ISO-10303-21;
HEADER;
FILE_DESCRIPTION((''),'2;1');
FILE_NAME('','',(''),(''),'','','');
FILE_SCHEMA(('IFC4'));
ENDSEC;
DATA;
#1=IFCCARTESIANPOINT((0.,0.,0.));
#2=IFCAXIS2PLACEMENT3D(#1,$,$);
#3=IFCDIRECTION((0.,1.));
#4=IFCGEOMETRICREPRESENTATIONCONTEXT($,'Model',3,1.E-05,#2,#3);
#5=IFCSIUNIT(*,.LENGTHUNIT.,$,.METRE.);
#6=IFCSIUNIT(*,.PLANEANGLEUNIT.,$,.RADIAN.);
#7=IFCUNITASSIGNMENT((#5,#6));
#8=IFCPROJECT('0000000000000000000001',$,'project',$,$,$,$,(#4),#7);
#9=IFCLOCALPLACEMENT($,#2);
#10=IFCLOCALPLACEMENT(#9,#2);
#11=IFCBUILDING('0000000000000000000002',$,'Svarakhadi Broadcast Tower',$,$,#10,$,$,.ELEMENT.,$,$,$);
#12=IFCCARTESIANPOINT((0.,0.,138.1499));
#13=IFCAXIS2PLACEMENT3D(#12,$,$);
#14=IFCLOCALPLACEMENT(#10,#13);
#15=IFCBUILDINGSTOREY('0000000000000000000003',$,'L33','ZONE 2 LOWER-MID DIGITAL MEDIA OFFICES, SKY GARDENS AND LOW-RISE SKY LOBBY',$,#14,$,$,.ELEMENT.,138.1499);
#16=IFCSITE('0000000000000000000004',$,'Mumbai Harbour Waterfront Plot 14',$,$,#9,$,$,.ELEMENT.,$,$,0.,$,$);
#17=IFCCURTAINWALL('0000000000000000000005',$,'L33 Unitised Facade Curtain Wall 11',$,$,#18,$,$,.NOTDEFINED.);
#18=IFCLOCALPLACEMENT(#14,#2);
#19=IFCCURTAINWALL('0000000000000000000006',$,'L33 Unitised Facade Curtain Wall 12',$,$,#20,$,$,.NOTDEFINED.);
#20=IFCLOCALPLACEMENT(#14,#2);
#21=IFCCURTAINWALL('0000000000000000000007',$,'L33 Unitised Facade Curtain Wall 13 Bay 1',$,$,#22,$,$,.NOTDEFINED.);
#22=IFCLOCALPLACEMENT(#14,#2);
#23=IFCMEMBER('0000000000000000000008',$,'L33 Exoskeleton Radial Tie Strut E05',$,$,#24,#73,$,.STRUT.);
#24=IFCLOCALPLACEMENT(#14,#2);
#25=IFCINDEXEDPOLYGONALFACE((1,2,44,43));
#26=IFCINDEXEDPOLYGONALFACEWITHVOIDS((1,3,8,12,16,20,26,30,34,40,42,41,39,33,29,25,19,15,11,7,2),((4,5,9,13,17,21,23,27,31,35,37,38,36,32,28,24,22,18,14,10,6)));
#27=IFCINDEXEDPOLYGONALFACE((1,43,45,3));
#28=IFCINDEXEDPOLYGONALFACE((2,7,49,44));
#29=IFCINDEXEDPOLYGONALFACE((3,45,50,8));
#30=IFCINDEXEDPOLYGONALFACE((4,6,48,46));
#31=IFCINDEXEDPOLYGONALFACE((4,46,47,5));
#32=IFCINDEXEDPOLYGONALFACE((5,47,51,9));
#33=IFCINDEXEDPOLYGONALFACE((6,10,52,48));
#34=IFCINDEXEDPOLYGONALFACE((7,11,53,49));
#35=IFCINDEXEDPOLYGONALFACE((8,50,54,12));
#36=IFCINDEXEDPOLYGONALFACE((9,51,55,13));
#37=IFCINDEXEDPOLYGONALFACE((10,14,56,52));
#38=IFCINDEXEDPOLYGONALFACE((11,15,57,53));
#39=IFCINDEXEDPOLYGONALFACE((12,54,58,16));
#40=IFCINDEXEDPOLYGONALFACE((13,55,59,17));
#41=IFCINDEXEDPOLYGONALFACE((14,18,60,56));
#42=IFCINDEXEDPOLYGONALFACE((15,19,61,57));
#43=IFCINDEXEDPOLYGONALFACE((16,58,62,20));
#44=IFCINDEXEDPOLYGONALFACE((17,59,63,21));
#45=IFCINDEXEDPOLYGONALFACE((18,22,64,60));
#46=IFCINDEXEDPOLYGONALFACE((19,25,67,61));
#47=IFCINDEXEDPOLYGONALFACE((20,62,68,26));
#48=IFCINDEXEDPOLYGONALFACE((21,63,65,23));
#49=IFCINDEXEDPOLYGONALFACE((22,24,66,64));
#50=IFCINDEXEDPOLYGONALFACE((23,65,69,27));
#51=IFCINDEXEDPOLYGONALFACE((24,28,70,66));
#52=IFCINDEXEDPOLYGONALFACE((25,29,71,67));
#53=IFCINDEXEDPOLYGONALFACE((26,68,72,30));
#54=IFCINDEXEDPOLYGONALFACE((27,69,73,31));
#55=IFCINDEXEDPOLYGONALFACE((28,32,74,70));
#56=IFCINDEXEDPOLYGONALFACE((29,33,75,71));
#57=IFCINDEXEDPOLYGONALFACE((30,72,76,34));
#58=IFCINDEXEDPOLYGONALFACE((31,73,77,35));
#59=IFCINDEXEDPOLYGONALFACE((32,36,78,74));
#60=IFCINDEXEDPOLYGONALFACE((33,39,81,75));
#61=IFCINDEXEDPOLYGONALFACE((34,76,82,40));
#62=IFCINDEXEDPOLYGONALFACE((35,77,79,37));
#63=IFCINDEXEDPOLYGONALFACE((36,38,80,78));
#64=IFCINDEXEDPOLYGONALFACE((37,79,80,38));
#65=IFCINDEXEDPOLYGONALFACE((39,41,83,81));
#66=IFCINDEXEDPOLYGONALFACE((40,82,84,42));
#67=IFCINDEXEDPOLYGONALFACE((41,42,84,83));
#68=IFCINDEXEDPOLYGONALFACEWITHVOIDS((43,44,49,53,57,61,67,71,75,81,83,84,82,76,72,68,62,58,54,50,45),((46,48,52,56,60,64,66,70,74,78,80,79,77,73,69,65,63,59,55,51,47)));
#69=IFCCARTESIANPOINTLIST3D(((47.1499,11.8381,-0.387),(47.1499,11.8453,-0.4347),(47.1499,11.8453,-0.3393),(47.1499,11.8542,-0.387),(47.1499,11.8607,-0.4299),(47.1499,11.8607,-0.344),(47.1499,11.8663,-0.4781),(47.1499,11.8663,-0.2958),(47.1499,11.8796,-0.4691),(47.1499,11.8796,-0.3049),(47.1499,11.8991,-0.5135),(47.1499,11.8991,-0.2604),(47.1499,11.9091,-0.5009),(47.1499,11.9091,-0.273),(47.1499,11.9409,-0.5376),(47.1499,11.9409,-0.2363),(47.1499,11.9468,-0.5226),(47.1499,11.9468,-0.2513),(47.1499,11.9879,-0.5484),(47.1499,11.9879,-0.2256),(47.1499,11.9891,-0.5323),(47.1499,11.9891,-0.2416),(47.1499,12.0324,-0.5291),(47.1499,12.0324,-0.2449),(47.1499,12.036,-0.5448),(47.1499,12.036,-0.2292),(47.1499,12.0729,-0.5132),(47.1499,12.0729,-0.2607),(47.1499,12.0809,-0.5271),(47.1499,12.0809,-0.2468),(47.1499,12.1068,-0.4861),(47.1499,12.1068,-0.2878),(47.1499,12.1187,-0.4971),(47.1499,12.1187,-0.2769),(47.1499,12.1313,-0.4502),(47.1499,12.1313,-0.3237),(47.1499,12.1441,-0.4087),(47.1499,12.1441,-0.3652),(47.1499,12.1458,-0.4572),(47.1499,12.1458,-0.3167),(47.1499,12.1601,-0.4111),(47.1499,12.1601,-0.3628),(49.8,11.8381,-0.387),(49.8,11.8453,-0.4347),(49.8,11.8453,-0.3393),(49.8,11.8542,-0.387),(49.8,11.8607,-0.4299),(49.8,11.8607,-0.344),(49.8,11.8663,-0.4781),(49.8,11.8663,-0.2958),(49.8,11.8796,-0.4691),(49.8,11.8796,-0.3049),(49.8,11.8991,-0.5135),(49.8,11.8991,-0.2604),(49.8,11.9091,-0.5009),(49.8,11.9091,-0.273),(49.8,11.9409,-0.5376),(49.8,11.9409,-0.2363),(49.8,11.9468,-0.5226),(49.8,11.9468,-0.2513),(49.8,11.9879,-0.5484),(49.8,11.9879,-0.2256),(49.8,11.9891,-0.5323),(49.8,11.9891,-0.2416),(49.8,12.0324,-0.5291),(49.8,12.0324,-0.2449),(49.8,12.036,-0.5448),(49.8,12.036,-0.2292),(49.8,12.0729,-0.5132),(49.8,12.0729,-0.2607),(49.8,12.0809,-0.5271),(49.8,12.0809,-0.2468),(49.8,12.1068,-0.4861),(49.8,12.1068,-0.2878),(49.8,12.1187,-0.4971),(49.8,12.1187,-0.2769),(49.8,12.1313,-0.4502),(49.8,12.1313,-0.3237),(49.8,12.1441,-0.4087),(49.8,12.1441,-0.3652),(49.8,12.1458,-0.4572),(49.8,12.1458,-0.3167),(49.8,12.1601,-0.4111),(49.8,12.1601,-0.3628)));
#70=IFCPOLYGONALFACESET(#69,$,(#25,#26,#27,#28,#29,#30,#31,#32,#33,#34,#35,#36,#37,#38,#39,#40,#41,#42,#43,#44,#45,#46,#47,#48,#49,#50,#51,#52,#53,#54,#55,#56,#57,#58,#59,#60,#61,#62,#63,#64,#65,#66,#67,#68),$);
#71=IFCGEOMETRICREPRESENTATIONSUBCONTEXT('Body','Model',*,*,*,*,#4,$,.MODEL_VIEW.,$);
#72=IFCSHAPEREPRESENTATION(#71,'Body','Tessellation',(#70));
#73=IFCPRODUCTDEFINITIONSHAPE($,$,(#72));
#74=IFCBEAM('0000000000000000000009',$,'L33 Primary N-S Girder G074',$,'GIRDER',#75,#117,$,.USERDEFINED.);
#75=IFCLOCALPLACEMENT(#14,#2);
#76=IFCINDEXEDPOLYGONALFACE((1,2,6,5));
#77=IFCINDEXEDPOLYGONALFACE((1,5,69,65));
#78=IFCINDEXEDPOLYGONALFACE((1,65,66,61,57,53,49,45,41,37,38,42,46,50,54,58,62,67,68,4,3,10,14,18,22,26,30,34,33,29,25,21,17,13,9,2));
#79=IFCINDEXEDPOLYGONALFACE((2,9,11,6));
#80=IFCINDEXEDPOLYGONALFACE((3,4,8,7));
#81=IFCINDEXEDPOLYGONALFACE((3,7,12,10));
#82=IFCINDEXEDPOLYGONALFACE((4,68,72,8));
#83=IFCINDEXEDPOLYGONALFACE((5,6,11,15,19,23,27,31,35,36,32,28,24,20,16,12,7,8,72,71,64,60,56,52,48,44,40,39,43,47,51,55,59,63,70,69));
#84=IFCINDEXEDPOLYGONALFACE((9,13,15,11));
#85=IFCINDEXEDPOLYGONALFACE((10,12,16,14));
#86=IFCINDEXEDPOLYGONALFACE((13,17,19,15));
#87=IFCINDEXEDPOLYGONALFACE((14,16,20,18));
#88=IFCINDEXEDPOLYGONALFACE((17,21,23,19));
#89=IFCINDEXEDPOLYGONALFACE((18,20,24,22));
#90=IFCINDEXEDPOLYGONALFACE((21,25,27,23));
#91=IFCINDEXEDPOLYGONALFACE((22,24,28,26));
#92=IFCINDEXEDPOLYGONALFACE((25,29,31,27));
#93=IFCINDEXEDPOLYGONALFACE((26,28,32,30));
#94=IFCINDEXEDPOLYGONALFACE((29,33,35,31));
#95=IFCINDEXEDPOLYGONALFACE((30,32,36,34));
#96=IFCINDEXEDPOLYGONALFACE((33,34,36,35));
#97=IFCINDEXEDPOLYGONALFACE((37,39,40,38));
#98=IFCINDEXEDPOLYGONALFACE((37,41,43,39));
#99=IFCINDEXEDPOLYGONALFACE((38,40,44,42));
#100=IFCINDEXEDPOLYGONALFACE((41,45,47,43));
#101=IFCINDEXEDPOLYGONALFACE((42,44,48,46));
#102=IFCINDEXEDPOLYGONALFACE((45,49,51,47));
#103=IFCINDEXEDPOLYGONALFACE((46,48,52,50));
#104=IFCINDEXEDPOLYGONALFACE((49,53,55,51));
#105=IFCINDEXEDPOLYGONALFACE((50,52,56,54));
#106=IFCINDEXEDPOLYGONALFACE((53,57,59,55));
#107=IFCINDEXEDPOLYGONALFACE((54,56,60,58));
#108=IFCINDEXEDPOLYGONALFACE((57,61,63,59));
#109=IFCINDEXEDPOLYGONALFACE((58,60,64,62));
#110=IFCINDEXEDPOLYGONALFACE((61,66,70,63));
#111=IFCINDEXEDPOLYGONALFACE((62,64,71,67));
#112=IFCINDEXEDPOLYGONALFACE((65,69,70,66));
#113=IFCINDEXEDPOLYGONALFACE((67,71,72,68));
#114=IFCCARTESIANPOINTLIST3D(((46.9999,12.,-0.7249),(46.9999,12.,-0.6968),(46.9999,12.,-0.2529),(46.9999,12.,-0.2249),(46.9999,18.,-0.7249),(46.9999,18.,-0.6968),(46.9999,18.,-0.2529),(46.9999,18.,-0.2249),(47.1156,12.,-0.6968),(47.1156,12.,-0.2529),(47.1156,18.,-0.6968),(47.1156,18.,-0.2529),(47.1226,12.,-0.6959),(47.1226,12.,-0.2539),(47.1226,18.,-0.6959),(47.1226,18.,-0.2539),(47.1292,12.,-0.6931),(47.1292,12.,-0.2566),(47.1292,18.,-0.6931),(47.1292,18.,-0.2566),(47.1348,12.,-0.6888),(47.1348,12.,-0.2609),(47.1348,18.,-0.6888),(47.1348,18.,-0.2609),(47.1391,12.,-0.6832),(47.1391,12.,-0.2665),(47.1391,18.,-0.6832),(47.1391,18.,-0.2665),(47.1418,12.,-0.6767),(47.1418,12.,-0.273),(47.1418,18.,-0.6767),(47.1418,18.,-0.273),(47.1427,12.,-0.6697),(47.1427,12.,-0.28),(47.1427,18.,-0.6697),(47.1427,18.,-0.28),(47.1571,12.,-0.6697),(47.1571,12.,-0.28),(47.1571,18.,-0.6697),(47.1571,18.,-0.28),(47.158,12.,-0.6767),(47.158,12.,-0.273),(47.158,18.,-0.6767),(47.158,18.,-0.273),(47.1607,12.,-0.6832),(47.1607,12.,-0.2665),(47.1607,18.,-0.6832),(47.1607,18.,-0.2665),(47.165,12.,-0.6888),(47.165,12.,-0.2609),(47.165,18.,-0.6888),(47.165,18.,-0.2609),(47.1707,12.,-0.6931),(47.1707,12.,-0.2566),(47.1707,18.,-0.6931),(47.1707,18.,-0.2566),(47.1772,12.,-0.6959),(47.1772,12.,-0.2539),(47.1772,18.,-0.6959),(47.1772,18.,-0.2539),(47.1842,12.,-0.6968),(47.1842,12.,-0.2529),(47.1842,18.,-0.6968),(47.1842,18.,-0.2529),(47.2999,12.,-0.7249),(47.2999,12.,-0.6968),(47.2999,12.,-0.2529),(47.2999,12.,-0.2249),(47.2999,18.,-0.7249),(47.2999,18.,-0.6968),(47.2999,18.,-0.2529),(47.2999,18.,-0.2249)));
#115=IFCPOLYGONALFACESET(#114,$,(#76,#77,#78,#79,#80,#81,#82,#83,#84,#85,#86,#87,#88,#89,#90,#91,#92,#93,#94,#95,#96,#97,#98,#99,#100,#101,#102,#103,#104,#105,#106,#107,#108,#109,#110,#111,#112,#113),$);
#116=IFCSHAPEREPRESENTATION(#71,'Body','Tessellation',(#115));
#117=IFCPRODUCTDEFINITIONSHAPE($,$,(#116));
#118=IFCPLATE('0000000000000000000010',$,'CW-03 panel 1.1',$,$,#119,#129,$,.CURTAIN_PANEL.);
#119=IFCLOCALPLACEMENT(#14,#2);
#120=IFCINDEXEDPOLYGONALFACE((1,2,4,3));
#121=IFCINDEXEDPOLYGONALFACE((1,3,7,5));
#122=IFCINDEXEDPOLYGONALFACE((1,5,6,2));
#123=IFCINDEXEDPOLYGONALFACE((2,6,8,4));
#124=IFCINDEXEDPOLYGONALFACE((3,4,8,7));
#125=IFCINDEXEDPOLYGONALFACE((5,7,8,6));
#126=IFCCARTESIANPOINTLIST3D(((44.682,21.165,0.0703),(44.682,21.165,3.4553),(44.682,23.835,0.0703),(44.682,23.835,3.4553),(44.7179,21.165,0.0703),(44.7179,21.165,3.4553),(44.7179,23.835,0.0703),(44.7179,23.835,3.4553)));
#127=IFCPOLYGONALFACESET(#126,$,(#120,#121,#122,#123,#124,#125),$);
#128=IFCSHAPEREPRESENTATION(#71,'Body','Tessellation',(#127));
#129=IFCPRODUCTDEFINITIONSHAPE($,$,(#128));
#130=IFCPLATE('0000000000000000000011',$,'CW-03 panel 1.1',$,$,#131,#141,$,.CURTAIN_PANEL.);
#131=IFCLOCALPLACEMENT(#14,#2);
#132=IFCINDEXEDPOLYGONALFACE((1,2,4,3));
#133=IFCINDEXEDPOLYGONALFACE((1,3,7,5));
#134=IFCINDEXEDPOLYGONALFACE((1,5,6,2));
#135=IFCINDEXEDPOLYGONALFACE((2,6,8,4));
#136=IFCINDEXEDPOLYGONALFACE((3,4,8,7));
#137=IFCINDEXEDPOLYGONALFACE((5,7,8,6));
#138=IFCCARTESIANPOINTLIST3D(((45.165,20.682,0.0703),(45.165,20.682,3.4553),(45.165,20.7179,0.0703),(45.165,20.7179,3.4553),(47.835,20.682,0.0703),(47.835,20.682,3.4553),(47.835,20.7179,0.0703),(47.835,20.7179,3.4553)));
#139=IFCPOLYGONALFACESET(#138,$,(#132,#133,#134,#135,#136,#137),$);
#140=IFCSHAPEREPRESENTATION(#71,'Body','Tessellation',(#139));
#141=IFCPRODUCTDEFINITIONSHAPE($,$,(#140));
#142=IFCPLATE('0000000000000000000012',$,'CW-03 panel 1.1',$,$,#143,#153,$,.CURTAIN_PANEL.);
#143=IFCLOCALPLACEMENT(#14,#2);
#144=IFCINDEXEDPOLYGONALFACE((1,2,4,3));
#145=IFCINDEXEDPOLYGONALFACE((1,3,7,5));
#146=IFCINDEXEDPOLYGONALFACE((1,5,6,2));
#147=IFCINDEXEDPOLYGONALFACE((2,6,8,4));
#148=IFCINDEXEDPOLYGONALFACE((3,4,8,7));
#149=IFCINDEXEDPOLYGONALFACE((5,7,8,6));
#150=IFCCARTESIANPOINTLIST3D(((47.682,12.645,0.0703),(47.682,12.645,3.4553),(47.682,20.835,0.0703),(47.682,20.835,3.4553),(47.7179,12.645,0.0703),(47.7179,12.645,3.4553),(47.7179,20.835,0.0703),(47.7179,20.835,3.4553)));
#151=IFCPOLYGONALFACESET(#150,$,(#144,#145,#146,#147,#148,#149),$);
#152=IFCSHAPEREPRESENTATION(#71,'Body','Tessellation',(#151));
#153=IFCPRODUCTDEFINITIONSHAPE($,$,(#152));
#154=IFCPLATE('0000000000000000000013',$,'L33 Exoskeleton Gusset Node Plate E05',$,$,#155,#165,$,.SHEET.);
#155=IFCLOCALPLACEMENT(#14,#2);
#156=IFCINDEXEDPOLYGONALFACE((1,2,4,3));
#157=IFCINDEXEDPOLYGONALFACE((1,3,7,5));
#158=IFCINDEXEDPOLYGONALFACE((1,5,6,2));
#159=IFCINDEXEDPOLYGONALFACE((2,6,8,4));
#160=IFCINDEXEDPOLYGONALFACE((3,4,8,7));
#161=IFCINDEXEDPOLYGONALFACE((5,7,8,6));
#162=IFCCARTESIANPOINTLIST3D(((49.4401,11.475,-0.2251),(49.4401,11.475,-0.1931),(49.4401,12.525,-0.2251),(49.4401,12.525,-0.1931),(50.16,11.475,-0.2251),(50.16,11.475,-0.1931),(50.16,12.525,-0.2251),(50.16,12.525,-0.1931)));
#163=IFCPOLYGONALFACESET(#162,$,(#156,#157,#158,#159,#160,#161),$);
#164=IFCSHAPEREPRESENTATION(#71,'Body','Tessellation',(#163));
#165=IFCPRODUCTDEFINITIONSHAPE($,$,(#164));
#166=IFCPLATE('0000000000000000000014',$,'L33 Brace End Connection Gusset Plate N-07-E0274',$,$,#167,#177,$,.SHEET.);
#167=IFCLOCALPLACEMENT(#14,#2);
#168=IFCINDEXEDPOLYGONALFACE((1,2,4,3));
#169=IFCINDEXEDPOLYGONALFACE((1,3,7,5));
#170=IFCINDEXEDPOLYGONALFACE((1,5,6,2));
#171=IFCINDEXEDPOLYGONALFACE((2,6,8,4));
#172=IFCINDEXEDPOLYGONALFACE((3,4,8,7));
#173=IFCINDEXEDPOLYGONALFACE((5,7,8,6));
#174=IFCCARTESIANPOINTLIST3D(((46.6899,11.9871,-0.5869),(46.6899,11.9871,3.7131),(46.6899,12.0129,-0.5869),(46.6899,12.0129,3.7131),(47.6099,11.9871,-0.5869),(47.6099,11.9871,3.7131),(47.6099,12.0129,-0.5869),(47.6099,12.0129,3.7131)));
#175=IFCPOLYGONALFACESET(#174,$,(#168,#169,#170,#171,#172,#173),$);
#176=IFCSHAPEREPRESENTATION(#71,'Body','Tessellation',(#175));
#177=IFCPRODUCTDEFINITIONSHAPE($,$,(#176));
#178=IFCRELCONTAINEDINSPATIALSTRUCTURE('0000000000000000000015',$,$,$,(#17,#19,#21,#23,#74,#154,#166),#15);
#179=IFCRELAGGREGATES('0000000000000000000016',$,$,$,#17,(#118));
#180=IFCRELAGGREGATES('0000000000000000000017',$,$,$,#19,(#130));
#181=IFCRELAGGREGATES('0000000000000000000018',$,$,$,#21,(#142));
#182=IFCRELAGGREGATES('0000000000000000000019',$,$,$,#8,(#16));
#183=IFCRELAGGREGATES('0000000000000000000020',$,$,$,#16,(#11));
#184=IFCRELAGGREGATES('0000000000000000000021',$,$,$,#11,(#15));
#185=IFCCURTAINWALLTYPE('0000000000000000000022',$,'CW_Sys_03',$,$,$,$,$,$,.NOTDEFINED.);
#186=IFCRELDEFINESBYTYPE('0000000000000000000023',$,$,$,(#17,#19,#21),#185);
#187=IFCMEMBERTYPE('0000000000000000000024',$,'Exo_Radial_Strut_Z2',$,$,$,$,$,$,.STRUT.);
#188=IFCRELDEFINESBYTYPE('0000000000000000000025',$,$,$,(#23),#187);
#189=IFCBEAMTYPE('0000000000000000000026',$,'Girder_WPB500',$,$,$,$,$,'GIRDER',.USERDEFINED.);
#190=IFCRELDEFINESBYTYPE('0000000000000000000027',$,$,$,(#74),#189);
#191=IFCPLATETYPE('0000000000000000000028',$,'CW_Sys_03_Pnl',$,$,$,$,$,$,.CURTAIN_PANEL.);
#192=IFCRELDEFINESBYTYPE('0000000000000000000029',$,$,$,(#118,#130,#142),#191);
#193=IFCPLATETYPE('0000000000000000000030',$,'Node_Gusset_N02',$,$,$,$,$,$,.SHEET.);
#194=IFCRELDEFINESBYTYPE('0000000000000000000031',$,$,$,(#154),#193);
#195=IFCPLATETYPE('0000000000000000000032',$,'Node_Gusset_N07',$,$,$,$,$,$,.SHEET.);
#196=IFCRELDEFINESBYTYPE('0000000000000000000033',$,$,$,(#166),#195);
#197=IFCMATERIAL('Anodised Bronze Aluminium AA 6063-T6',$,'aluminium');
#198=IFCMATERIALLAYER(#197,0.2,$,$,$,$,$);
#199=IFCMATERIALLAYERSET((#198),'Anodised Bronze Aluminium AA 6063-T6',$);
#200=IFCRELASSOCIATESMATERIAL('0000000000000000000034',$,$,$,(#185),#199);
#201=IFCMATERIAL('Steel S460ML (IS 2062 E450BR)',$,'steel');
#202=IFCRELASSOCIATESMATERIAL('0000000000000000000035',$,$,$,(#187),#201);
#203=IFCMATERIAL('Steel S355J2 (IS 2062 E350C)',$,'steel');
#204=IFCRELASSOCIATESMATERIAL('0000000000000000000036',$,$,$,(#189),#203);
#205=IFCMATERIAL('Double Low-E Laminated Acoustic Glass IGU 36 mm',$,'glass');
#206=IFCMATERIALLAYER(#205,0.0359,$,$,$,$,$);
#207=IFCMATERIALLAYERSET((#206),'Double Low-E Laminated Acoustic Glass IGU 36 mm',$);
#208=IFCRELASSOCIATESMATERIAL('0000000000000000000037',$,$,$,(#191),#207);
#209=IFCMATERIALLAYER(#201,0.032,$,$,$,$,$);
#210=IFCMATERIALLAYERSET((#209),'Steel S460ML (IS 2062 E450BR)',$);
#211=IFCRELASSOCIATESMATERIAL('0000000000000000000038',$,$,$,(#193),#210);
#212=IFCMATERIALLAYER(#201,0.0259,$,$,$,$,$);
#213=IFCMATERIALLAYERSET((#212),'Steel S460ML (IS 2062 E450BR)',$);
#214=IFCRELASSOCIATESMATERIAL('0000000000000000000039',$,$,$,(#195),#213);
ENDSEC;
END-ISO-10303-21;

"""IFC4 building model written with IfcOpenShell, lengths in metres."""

from ifc_helpers import new_model, si_unit, direction, frame, origin, origin_2d, place, context, subcontext, project, spatial, rectangle, hollow_circle, i_section, extrude, material, layer, layer_set, material_profile, profile_set, type_object, element, aggregate, save


model = new_model("IFC4")

# Units and contexts
model_context = context("Model", 3, precision=1e-05, world=origin(), true_north=direction((0.0, 1.0)))
body_context = subcontext(model_context, "Body", "Model", "MODEL_VIEW")
ifc_project = project(units=[si_unit("LENGTHUNIT", "METRE"), si_unit("PLANEANGLEUNIT", "RADIAN")], contexts=[model_context])

# Site, building, storey
site_placement = place(None, origin())
site = spatial("IfcSite", under=ifc_project, at=site_placement, Name="Mumbai Harbour Waterfront Plot 14", CompositionType="ELEMENT", RefElevation=0.0)
building_placement = place(site_placement, origin())
building = spatial("IfcBuilding", under=site, at=building_placement, Name="Svarakhadi Broadcast Tower", CompositionType="ELEMENT")
storey_placement = place(building_placement, frame((0.0, 0.0, 138.1499)))
storey = spatial("IfcBuildingStorey", under=building, at=storey_placement, Name="L33", Description="ZONE 2 LOWER-MID DIGITAL MEDIA OFFICES, SKY GARDENS AND LOW-RISE SKY LOBBY", CompositionType="ELEMENT", Elevation=138.1499)

# Shared definitions
ifc_material_1 = material(Name="Steel S460ML (IS 2062 E450BR)", Category="steel")

# Shared definitions
ifc_material_2 = material(Name="Steel S355J2 (IS 2062 E350C)", Category="steel")

# Shared definitions
ifc_material_3 = material(Name="Anodised Bronze Aluminium AA 6063-T6", Category="aluminium")
ifc_layer_1 = layer(ifc_material_3, 0.2)
ifc_layer_set_1 = layer_set([ifc_layer_1], Name="Anodised Bronze Aluminium AA 6063-T6")
curtain_wall_type = type_object("IfcCurtainWallType", Name="CW_Sys_03", PredefinedType="NOTDEFINED", material=ifc_layer_set_1)

# Curtain walls
curtain_wall_1_placement = place(storey_placement, origin())
curtain_wall_1 = element("IfcCurtainWall", 1, at=curtain_wall_1_placement, inside=storey, type_object=curtain_wall_type, Name="L33 Unitised Facade Curtain Wall 11", PredefinedType="NOTDEFINED")
curtain_wall_2_placement = place(storey_placement, origin())
curtain_wall_2 = element("IfcCurtainWall", 2, at=curtain_wall_2_placement, inside=storey, type_object=curtain_wall_type, Name="L33 Unitised Facade Curtain Wall 12", PredefinedType="NOTDEFINED")
curtain_wall_3_placement = place(storey_placement, origin())
curtain_wall_3 = element("IfcCurtainWall", 3, at=curtain_wall_3_placement, inside=storey, type_object=curtain_wall_type, Name="L33 Unitised Facade Curtain Wall 13 Bay 1", PredefinedType="NOTDEFINED")

# Member
ifc_material_profile_1 = material_profile(ifc_material_1, hollow_circle(Radius=0.1619, WallThickness=0.0161, at=origin_2d()), Name="CHS 323.9x16")
ifc_profile_set_1 = profile_set([ifc_material_profile_1], Name="Steel S460ML (IS 2062 E450BR)")
member_type_1 = type_object("IfcMemberType", Name="Exo_Radial_Strut_Z2", PredefinedType="STRUT", material=ifc_profile_set_1)
member_1_placement = place(storey_placement, frame((49.8, 12.0, -0.387), z_axis=(-1.0, 0.0, 0.0), x_axis=(0.0, -1.0, 0.0)))
element("IfcMember", 4, at=member_1_placement, inside=storey, type_object=member_type_1, Name="L33 Exoskeleton Radial Tie Strut E05", PredefinedType="STRUT", context=body_context, shape_type="SweptSolid", body=[
    extrude(hollow_circle(Radius=0.1619, WallThickness=0.0161, at=origin_2d()), origin(), (0.0, 0.0, 1.0), 2.6501),
])

# Beam
ifc_material_profile_2 = material_profile(ifc_material_2, i_section(OverallWidth=0.3, OverallDepth=0.5, WebThickness=0.0144, FlangeThickness=0.0281, FilletRadius=0.0271, at=origin_2d()), Name="WPB 500x300x187")
ifc_profile_set_2 = profile_set([ifc_material_profile_2], Name="Steel S355J2 (IS 2062 E350C)")
beam_type_1 = type_object("IfcBeamType", Name="Girder_WPB500", ElementType="GIRDER", PredefinedType="USERDEFINED", material=ifc_profile_set_2)
beam_1_placement = place(storey_placement, frame((47.1499, 12.0, -0.4749), z_axis=(0.0, 1.0, 0.0), x_axis=(-1.0, 0.0, 0.0)))
element("IfcBeam", 5, at=beam_1_placement, inside=storey, type_object=beam_type_1, Name="L33 Primary N-S Girder G074", ObjectType="GIRDER", PredefinedType="USERDEFINED", context=body_context, shape_type="SweptSolid", body=[
    extrude(i_section(OverallWidth=0.3, OverallDepth=0.5, WebThickness=0.0144, FlangeThickness=0.0281, FilletRadius=0.0271, at=origin_2d()), origin(), (0.0, 0.0, 1.0), 6.0),
])

# Plates
ifc_material_4 = material(Name="Double Low-E Laminated Acoustic Glass IGU 36 mm", Category="glass")
ifc_layer_2 = layer(ifc_material_4, 0.0359)
ifc_layer_set_2 = layer_set([ifc_layer_2], Name="Double Low-E Laminated Acoustic Glass IGU 36 mm")
plate_type_1 = type_object("IfcPlateType", Name="CW_Sys_03_Pnl", PredefinedType="CURTAIN_PANEL", material=ifc_layer_set_2)
plate_1_placement = place(storey_placement, frame((44.7, 22.5, 0.0703), z_axis=(0.0, 0.0, 1.0), x_axis=(0.0, -1.0, 0.0)))
plate_1 = element("IfcPlate", 6, at=plate_1_placement, type_object=plate_type_1, Name="CW-03 panel 1.1", PredefinedType="CURTAIN_PANEL", context=body_context, shape_type="SweptSolid", body=[
    extrude(rectangle(XDim=2.6699, YDim=0.0359, at=origin_2d()), origin(), (0.0, 0.0, 1.0), 3.385),
])
aggregate(curtain_wall_1, [plate_1])
plate_2_placement = place(storey_placement, frame((46.5, 20.7, 0.0703), z_axis=(0.0, 0.0, 1.0), x_axis=(1.0, 0.0, 0.0)))
plate_2 = element("IfcPlate", 7, at=plate_2_placement, type_object=plate_type_1, Name="CW-03 panel 1.1", PredefinedType="CURTAIN_PANEL", context=body_context, shape_type="SweptSolid", body=[
    extrude(rectangle(XDim=2.6699, YDim=0.0359, at=origin_2d()), origin(), (0.0, 0.0, 1.0), 3.385),
])
aggregate(curtain_wall_2, [plate_2])
plate_3_placement = place(storey_placement, frame((47.7, 16.74, 0.0703), z_axis=(0.0, 0.0, 1.0), x_axis=(0.0, -1.0, 0.0)))
plate_3 = element("IfcPlate", 8, at=plate_3_placement, type_object=plate_type_1, Name="CW-03 panel 1.1", PredefinedType="CURTAIN_PANEL", context=body_context, shape_type="SweptSolid", body=[
    extrude(rectangle(XDim=8.1899, YDim=0.0359, at=origin_2d()), origin(), (0.0, 0.0, 1.0), 3.385),
])
aggregate(curtain_wall_3, [plate_3])

# Plates
ifc_layer_3 = layer(ifc_material_1, 0.032)
ifc_layer_set_3 = layer_set([ifc_layer_3], Name="Steel S460ML (IS 2062 E450BR)")
plate_type_2 = type_object("IfcPlateType", Name="Node_Gusset_N02", PredefinedType="SHEET", material=ifc_layer_set_3)
plate_4_placement = place(storey_placement, frame((49.8, 12.0, -0.2251), z_axis=(0.0, 0.0, 1.0), x_axis=(0.0, 1.0, 0.0)))
element("IfcPlate", 9, at=plate_4_placement, inside=storey, type_object=plate_type_2, Name="L33 Exoskeleton Gusset Node Plate E05", PredefinedType="SHEET", context=body_context, shape_type="SweptSolid", body=[
    extrude(rectangle(XDim=1.05, YDim=0.72, at=origin_2d()), origin(), (0.0, 0.0, 1.0), 0.032),
])
ifc_layer_4 = layer(ifc_material_1, 0.0259)
ifc_layer_set_4 = layer_set([ifc_layer_4], Name="Steel S460ML (IS 2062 E450BR)")
plate_type_3 = type_object("IfcPlateType", Name="Node_Gusset_N07", PredefinedType="SHEET", material=ifc_layer_set_4)
plate_5_placement = place(storey_placement, frame((47.1499, 12.0, -0.5869), z_axis=(0.0, 0.0, 1.0), x_axis=(1.0, 0.0, 0.0)))
element("IfcPlate", 10, at=plate_5_placement, inside=storey, type_object=plate_type_3, Name="L33 Brace End Connection Gusset Plate N-07-E0274", PredefinedType="SHEET", context=body_context, shape_type="SweptSolid", body=[
    extrude(rectangle(XDim=0.9199, YDim=0.0259, at=origin_2d()), origin(), (0.0, 0.0, 1.0), 4.3),
])

save(model, "model.ifc")
